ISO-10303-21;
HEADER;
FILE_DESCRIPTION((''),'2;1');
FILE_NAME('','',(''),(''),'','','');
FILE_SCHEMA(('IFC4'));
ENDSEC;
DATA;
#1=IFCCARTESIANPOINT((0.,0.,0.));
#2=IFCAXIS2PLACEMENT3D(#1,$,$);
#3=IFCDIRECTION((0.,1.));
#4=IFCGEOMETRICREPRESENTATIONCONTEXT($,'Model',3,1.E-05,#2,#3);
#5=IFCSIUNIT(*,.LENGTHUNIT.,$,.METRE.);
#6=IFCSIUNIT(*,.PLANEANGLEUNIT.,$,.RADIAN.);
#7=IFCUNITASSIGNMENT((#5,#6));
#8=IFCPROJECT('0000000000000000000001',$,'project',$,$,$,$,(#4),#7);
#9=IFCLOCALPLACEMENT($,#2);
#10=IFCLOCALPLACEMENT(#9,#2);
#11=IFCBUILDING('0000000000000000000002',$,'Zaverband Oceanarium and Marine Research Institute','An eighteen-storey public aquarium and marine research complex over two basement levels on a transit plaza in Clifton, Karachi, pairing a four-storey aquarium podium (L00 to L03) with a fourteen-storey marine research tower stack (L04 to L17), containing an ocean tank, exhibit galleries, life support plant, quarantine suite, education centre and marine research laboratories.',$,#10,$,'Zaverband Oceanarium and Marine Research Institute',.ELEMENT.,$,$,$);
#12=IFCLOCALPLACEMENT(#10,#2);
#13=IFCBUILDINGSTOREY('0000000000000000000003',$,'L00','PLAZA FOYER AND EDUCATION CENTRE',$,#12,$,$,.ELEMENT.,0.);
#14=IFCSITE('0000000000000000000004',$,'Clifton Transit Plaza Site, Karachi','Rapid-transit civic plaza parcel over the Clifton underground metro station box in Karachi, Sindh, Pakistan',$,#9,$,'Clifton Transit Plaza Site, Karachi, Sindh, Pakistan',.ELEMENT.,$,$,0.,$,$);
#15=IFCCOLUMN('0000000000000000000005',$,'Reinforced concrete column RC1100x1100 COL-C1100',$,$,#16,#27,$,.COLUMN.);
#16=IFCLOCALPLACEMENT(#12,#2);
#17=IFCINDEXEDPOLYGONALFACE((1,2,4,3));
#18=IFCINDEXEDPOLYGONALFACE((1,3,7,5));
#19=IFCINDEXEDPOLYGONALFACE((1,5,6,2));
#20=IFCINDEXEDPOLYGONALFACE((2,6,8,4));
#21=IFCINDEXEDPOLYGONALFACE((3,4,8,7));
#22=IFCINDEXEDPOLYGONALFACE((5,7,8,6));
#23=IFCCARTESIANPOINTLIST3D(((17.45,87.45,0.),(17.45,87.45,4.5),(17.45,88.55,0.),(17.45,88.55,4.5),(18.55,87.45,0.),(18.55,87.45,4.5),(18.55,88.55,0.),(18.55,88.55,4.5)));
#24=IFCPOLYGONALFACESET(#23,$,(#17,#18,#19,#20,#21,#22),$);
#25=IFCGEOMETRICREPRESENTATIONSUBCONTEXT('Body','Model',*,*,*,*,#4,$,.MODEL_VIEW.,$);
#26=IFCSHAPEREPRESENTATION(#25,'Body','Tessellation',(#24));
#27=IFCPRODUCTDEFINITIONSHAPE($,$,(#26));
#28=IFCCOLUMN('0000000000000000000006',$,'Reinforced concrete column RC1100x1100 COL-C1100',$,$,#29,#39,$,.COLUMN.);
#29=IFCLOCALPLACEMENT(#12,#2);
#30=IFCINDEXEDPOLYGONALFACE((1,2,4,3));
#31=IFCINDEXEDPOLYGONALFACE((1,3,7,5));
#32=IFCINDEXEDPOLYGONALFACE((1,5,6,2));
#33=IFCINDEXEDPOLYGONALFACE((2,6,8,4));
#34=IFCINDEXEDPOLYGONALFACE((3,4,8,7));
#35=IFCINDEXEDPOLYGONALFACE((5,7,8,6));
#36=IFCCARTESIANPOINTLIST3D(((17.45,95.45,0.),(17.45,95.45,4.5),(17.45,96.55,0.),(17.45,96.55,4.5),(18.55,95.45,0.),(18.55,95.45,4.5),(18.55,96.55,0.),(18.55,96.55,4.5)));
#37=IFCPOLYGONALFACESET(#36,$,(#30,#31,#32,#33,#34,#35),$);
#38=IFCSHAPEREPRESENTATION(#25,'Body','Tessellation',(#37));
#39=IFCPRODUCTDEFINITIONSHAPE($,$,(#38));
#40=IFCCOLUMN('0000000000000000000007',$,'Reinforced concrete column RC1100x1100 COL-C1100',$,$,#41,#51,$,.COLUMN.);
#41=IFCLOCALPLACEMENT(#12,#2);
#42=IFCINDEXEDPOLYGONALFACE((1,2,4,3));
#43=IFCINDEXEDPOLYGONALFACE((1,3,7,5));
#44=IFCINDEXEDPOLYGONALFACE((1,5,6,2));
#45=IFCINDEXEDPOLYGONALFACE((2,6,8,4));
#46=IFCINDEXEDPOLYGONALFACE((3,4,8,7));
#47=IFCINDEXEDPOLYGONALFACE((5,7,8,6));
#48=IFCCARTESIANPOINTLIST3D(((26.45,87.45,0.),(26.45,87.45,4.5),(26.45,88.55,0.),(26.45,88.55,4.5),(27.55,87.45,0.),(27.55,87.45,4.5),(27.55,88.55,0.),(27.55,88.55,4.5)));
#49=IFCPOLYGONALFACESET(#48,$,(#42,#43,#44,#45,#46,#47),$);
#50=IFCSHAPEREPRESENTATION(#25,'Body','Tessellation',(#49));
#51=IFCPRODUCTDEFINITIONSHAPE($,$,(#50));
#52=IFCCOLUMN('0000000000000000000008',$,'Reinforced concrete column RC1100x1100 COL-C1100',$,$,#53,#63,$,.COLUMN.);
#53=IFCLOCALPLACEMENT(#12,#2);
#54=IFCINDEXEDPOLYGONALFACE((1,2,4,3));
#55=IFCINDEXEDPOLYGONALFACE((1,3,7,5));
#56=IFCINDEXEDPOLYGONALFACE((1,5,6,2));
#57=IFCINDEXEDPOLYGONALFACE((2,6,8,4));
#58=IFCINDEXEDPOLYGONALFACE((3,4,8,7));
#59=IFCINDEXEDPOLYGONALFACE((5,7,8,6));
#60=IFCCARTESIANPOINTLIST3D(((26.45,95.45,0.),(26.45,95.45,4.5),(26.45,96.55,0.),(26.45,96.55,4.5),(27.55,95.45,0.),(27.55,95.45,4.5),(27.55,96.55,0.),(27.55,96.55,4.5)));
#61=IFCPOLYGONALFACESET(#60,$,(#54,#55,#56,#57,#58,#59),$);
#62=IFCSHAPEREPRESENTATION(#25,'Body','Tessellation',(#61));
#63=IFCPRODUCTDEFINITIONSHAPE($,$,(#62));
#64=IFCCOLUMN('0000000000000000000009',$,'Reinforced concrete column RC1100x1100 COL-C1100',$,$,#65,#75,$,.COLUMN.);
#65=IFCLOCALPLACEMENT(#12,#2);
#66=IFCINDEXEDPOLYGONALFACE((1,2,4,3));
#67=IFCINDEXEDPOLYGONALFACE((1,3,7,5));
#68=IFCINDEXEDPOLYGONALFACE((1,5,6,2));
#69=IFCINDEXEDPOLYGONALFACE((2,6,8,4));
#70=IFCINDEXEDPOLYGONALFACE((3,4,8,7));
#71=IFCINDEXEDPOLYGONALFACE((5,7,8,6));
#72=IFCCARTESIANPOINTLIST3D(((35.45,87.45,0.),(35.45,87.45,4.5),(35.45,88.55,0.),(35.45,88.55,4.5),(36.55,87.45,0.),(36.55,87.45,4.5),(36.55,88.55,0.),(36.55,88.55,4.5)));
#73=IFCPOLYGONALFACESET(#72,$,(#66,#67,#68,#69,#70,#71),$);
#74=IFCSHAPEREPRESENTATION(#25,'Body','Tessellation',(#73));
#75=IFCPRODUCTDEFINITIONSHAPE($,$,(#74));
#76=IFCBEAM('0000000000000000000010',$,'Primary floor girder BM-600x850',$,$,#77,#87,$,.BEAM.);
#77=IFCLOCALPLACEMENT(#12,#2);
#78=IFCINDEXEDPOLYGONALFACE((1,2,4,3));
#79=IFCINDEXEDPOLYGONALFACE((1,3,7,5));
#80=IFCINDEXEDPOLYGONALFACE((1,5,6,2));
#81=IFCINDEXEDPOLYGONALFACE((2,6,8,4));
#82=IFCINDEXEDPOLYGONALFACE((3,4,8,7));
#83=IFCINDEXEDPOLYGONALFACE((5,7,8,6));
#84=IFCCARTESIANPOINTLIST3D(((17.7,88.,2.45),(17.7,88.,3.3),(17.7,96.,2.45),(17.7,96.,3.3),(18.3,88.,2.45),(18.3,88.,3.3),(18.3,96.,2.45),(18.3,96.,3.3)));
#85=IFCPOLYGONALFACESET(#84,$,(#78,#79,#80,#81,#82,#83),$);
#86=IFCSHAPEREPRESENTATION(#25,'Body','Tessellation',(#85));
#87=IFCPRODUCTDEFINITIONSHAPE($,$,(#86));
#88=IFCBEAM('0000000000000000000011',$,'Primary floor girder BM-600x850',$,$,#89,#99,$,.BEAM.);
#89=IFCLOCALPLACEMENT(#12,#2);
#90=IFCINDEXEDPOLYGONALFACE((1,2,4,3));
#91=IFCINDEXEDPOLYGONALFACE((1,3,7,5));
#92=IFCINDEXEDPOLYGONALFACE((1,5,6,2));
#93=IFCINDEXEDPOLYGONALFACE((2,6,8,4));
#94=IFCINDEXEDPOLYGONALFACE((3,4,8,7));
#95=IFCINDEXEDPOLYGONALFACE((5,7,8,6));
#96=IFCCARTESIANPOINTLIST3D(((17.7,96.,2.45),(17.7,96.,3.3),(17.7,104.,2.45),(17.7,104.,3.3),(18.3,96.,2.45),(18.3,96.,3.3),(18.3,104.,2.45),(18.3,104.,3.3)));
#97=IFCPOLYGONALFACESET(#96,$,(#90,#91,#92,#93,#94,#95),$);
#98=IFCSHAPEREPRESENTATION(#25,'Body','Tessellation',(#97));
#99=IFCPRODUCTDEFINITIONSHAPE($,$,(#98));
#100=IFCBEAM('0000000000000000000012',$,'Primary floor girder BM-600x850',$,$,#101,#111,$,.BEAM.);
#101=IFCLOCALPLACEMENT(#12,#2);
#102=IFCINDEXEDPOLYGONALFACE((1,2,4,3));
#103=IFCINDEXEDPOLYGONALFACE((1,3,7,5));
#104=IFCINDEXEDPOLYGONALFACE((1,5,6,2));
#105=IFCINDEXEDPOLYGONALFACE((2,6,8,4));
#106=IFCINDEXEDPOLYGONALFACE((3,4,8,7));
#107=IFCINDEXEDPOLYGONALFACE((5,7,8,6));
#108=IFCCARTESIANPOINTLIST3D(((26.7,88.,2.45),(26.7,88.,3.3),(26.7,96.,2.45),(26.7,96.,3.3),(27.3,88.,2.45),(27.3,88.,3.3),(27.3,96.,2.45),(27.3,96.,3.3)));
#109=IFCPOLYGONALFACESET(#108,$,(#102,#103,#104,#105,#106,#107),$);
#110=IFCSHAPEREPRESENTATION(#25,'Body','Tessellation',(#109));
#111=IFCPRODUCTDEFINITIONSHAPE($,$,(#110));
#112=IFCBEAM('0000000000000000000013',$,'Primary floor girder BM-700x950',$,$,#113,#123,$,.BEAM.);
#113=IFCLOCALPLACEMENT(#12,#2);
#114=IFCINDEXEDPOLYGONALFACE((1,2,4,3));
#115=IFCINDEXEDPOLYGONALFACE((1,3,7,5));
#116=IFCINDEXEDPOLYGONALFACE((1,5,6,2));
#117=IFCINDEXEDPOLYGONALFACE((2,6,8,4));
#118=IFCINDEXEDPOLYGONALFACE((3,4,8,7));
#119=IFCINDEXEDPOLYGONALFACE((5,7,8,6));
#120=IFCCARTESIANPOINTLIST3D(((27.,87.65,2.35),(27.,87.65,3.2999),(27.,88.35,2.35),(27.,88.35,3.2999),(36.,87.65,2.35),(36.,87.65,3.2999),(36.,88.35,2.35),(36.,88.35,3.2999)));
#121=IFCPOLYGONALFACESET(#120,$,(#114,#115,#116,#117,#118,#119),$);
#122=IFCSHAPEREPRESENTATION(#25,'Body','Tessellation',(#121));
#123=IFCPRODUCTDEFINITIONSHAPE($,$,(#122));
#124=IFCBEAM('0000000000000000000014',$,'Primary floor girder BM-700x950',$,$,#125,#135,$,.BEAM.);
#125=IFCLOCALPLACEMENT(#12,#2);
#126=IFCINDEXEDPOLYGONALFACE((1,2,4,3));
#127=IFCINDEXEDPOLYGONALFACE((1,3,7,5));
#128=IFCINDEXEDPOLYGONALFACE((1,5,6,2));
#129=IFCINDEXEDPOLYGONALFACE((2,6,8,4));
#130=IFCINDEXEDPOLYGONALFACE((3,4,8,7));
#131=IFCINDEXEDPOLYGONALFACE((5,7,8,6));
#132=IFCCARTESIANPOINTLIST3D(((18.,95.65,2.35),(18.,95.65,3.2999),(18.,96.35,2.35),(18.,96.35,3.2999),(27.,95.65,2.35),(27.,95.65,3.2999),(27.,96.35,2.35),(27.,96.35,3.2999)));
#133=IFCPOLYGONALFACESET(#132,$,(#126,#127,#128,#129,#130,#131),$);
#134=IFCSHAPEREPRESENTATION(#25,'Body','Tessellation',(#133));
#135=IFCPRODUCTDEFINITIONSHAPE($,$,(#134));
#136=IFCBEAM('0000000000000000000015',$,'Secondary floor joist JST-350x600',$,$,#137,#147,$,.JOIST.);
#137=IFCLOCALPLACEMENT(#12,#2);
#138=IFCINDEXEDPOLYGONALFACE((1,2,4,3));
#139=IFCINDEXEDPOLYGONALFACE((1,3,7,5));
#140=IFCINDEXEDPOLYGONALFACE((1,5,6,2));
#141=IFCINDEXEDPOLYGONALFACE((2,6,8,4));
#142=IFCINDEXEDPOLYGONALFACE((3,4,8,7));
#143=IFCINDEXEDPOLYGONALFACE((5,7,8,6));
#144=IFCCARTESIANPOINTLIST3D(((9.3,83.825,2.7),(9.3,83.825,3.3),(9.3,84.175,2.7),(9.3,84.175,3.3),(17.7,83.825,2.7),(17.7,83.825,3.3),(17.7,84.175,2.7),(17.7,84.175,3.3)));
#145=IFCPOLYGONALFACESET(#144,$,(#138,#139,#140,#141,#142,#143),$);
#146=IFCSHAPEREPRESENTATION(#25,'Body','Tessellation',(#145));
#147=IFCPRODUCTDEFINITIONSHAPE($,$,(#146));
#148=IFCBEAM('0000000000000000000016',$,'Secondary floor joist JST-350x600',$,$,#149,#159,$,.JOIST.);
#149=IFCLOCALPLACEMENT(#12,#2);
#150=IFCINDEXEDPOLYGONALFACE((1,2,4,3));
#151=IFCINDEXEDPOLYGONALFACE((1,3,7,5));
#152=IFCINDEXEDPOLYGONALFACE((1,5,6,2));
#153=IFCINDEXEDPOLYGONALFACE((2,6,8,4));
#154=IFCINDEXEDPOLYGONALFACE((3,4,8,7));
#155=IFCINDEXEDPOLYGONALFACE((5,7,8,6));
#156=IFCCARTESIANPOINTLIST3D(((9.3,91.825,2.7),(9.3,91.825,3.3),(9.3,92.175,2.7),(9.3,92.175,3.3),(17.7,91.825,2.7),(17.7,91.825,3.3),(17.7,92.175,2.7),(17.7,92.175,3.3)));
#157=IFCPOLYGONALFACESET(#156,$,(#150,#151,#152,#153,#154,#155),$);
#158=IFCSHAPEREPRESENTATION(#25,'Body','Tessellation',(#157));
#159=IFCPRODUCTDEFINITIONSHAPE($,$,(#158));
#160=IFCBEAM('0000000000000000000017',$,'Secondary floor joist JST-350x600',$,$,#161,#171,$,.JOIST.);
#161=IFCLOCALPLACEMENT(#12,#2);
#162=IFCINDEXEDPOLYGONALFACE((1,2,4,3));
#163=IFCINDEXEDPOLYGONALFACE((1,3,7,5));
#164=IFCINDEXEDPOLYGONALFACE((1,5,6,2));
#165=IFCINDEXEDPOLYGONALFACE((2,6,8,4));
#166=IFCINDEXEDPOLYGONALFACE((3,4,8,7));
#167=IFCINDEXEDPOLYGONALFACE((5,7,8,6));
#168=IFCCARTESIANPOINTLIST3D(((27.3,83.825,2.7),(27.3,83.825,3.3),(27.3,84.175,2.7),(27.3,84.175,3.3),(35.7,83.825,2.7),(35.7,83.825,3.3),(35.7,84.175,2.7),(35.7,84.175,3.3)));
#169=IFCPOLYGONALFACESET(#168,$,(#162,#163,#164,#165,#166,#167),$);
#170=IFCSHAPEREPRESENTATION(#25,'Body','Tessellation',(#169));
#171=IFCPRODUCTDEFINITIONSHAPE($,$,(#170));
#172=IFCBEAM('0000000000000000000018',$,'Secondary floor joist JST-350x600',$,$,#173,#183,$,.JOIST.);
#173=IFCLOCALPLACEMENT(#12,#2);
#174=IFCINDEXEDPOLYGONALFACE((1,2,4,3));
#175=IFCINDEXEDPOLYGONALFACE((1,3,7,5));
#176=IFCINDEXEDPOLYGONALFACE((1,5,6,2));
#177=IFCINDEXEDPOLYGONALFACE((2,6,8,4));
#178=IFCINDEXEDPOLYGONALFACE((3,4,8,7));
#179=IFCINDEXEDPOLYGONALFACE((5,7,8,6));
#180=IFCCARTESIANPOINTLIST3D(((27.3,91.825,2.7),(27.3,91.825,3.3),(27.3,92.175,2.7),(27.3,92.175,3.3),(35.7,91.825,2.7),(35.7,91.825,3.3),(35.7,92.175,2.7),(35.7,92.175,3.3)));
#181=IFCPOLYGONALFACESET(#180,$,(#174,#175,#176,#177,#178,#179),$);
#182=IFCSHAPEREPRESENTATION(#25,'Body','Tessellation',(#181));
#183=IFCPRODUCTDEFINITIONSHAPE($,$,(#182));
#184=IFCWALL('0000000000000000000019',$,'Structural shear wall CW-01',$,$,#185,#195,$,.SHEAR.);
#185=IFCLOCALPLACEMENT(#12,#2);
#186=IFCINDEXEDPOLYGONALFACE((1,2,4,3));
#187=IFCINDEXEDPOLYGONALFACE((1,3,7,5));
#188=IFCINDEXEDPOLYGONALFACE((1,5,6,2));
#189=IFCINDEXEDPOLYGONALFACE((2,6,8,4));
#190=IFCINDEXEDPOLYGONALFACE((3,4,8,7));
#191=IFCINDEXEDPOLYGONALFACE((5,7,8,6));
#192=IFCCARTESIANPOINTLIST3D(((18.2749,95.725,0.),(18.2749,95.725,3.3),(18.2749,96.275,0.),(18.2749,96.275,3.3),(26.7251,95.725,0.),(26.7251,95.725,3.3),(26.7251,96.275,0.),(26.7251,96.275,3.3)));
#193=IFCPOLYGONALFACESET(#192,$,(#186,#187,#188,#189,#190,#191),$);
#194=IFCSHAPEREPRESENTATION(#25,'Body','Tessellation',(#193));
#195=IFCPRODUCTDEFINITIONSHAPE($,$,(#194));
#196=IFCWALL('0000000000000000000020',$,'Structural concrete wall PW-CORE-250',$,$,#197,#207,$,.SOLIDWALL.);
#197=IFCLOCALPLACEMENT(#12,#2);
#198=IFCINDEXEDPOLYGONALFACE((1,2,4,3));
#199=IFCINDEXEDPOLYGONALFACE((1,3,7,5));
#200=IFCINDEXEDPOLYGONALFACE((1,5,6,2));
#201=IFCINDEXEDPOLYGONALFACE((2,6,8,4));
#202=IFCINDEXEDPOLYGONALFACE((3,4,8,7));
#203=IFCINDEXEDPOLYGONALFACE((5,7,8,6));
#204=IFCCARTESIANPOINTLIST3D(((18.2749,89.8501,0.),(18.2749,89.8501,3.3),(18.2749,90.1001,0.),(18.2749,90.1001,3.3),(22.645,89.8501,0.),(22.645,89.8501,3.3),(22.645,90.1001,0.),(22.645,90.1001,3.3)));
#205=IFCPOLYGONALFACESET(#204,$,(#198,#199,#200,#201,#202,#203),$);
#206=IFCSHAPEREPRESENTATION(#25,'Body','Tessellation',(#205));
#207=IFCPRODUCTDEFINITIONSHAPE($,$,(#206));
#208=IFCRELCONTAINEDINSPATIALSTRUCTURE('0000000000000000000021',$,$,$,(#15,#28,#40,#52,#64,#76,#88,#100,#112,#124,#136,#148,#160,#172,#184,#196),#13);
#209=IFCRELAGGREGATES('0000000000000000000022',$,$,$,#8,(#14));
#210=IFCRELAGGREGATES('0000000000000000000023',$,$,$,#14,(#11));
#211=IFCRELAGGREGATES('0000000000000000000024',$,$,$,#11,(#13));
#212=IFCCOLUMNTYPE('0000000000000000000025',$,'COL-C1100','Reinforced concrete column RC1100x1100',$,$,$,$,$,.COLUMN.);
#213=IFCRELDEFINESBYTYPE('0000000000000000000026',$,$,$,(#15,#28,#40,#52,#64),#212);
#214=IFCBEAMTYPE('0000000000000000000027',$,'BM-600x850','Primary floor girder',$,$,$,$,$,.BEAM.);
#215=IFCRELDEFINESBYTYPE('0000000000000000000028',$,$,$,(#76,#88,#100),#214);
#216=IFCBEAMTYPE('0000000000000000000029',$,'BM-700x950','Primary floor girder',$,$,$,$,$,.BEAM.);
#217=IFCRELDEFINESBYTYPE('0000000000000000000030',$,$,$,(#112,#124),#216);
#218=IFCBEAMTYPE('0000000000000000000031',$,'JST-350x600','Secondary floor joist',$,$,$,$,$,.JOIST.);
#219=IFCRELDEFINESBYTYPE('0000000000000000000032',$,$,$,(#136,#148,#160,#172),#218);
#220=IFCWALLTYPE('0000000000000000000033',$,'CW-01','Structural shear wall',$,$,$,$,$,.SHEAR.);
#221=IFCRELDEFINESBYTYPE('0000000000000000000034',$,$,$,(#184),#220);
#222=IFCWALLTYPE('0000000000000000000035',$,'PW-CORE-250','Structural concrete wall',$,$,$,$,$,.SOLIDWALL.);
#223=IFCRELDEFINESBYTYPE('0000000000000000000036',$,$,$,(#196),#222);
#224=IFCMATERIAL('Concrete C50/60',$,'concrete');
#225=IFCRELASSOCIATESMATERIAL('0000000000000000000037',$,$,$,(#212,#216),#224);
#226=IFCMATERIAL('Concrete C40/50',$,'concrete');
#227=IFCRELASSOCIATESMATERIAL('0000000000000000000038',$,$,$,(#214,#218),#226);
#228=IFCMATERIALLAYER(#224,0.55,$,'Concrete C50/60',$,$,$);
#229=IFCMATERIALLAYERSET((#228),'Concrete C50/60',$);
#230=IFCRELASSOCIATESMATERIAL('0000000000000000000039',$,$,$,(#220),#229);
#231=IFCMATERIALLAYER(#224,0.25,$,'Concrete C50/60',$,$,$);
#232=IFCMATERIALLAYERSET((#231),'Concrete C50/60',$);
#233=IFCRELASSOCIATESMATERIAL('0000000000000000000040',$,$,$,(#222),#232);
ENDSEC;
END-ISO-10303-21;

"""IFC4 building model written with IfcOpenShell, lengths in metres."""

from ifc_helpers import new_model, si_unit, direction, frame, frame_2d, origin, origin_2d, place, context, subcontext, project, spatial, rectangle, extrude, material, layer, layer_set, material_profile, profile_set, type_object, element, save


model = new_model("IFC4")

# Units and contexts
model_context = context("Model", 3, precision=1e-05, world=origin(), true_north=direction((0.0, 1.0)))
body_context = subcontext(model_context, "Body", "Model", "MODEL_VIEW")
ifc_project = project(units=[si_unit("LENGTHUNIT", "METRE"), si_unit("PLANEANGLEUNIT", "RADIAN")], contexts=[model_context])

# Site, building, storey
site_placement = place(None, origin())
site = spatial("IfcSite", under=ifc_project, at=site_placement, Name="Clifton Transit Plaza Site, Karachi", Description="Rapid-transit civic plaza parcel over the Clifton underground metro station box in Karachi, Sindh, Pakistan", LongName="Clifton Transit Plaza Site, Karachi, Sindh, Pakistan", CompositionType="ELEMENT", RefElevation=0.0)
building_placement = place(site_placement, origin())
building = spatial("IfcBuilding", under=site, at=building_placement, Name="Zaverband Oceanarium and Marine Research Institute", Description="An eighteen-storey public aquarium and marine research complex over two basement levels on a transit plaza in Clifton, Karachi, pairing a four-storey aquarium podium (L00 to L03) with a fourteen-storey marine research tower stack (L04 to L17), containing an ocean tank, exhibit galleries, life support plant, quarantine suite, education centre and marine research laboratories.", LongName="Zaverband Oceanarium and Marine Research Institute", CompositionType="ELEMENT")
storey_placement = place(building_placement, origin())
storey = spatial("IfcBuildingStorey", under=building, at=storey_placement, Name="L00", Description="PLAZA FOYER AND EDUCATION CENTRE", CompositionType="ELEMENT", Elevation=0.0)

# Columns
ifc_material_1 = material(Name="Concrete C50/60", Category="concrete")
ifc_material_profile_1 = material_profile(ifc_material_1, rectangle(XDim=1.1001, YDim=1.1001, at=origin_2d()), Name="RC1100x1100")
ifc_profile_set_1 = profile_set([ifc_material_profile_1], Name="Concrete C50/60")
column_type = type_object("IfcColumnType", Name="COL-C1100", Description="Reinforced concrete column RC1100x1100", PredefinedType="COLUMN", material=ifc_profile_set_1)
for number, where, z_axis, x_axis, name in (
    (1, (18.0, 88.0, 0.0), (0.0, 0.0, 1.0), (1.0, 0.0, 0.0), "Reinforced concrete column RC1100x1100 COL-C1100"),
    (2, (18.0, 96.0, 0.0), (0.0, 0.0, 1.0), (1.0, 0.0, 0.0), "Reinforced concrete column RC1100x1100 COL-C1100"),
    (3, (27.0, 88.0, 0.0), (0.0, 0.0, 1.0), (1.0, 0.0, 0.0), "Reinforced concrete column RC1100x1100 COL-C1100"),
    (4, (27.0, 96.0, 0.0), (0.0, 0.0, 1.0), (1.0, 0.0, 0.0), "Reinforced concrete column RC1100x1100 COL-C1100"),
    (5, (36.0, 88.0, 0.0), (0.0, 0.0, 1.0), (1.0, 0.0, 0.0), "Reinforced concrete column RC1100x1100 COL-C1100"),
):
    element("IfcColumn", number, at=place(storey_placement, frame(where, z_axis=z_axis, x_axis=x_axis)), inside=storey, type_object=column_type, Name=name, PredefinedType="COLUMN", context=body_context, shape_type="SweptSolid", body=[
        extrude(rectangle(XDim=1.1001, YDim=1.1001, at=origin_2d()), origin(), (0.0, 0.0, 1.0), 4.5),
    ])

# Beams
ifc_material_2 = material(Name="Concrete C40/50", Category="concrete")
ifc_material_profile_2 = material_profile(ifc_material_2, rectangle(XDim=0.6001, YDim=0.8501, at=origin_2d()), Name="RC600x850")
ifc_profile_set_2 = profile_set([ifc_material_profile_2], Name="Concrete C40/50")
beam_type_1 = type_object("IfcBeamType", Name="BM-600x850", Description="Primary floor girder", PredefinedType="BEAM", material=ifc_profile_set_2)
for number, where, z_axis, x_axis, name in (
    (6, (18.0, 88.0, 2.875), (0.0, 1.0, 0.0), (-1.0, 0.0, 0.0), "Primary floor girder BM-600x850"),
    (7, (18.0, 96.0, 2.875), (0.0, 1.0, 0.0), (-1.0, 0.0, 0.0), "Primary floor girder BM-600x850"),
    (8, (27.0, 88.0, 2.875), (0.0, 1.0, 0.0), (-1.0, 0.0, 0.0), "Primary floor girder BM-600x850"),
):
    element("IfcBeam", number, at=place(storey_placement, frame(where, z_axis=z_axis, x_axis=x_axis)), inside=storey, type_object=beam_type_1, Name=name, PredefinedType="BEAM", context=body_context, shape_type="SweptSolid", body=[
        extrude(rectangle(XDim=0.6001, YDim=0.8501, at=origin_2d()), origin(), (0.0, 0.0, 1.0), 8.0),
    ])
ifc_material_profile_3 = material_profile(ifc_material_1, rectangle(XDim=0.7, YDim=0.95, at=origin_2d()), Name="RC700x950")
ifc_profile_set_3 = profile_set([ifc_material_profile_3], Name="Concrete C50/60")
beam_type_2 = type_object("IfcBeamType", Name="BM-700x950", Description="Primary floor girder", PredefinedType="BEAM", material=ifc_profile_set_3)
for number, where, z_axis, x_axis, name in (
    (9, (27.0, 88.0, 2.825), (1.0, 0.0, 0.0), (0.0, 1.0, 0.0), "Primary floor girder BM-700x950"),
    (10, (18.0, 96.0, 2.825), (1.0, 0.0, 0.0), (0.0, 1.0, 0.0), "Primary floor girder BM-700x950"),
):
    element("IfcBeam", number, at=place(storey_placement, frame(where, z_axis=z_axis, x_axis=x_axis)), inside=storey, type_object=beam_type_2, Name=name, PredefinedType="BEAM", context=body_context, shape_type="SweptSolid", body=[
        extrude(rectangle(XDim=0.7, YDim=0.95, at=origin_2d()), origin(), (0.0, 0.0, 1.0), 9.0),
    ])
ifc_material_profile_4 = material_profile(ifc_material_2, rectangle(XDim=0.3501, YDim=0.6001, at=origin_2d()), Name="RC350x600")
ifc_profile_set_4 = profile_set([ifc_material_profile_4], Name="Concrete C40/50")
beam_type_3 = type_object("IfcBeamType", Name="JST-350x600", Description="Secondary floor joist", PredefinedType="JOIST", material=ifc_profile_set_4)
for number, where, z_axis, x_axis, name in (
    (11, (9.3, 84.0, 3.0), (1.0, 0.0, 0.0), (0.0, 1.0, 0.0), "Secondary floor joist JST-350x600"),
    (12, (9.3, 92.0, 3.0), (1.0, 0.0, 0.0), (0.0, 1.0, 0.0), "Secondary floor joist JST-350x600"),
    (13, (27.3, 84.0, 3.0), (1.0, 0.0, 0.0), (0.0, 1.0, 0.0), "Secondary floor joist JST-350x600"),
    (14, (27.3, 92.0, 3.0), (1.0, 0.0, 0.0), (0.0, 1.0, 0.0), "Secondary floor joist JST-350x600"),
):
    element("IfcBeam", number, at=place(storey_placement, frame(where, z_axis=z_axis, x_axis=x_axis)), inside=storey, type_object=beam_type_3, Name=name, PredefinedType="JOIST", context=body_context, shape_type="SweptSolid", body=[
        extrude(rectangle(XDim=0.3501, YDim=0.6001, at=origin_2d()), origin(), (0.0, 0.0, 1.0), 8.3999),
    ])

# Walls
ifc_layer_1 = layer(ifc_material_1, 0.55, Name="Concrete C50/60")
ifc_layer_set_1 = layer_set([ifc_layer_1], Name="Concrete C50/60")
wall_type_1 = type_object("IfcWallType", Name="CW-01", Description="Structural shear wall", PredefinedType="SHEAR", material=ifc_layer_set_1)
wall_1_placement = place(storey_placement, frame((18.2749, 96.0, 0.0), z_axis=(0.0, 0.0, 1.0), x_axis=(1.0, 0.0, 0.0)))
element("IfcWall", 15, at=wall_1_placement, inside=storey, type_object=wall_type_1, Name="Structural shear wall CW-01", PredefinedType="SHEAR", context=body_context, shape_type="SweptSolid", body=[
    extrude(rectangle(XDim=8.4502, YDim=0.55, at=frame_2d((4.2251, 0.0))), origin(), (0.0, 0.0, 1.0), 3.3),
])
ifc_layer_2 = layer(ifc_material_1, 0.25, Name="Concrete C50/60")
ifc_layer_set_2 = layer_set([ifc_layer_2], Name="Concrete C50/60")
wall_type_2 = type_object("IfcWallType", Name="PW-CORE-250", Description="Structural concrete wall", PredefinedType="SOLIDWALL", material=ifc_layer_set_2)
wall_2_placement = place(storey_placement, frame((18.2749, 89.9751, 0.0), z_axis=(0.0, 0.0, 1.0), x_axis=(1.0, 0.0, 0.0)))
element("IfcWall", 16, at=wall_2_placement, inside=storey, type_object=wall_type_2, Name="Structural concrete wall PW-CORE-250", PredefinedType="SOLIDWALL", context=body_context, shape_type="SweptSolid", body=[
    extrude(rectangle(XDim=4.3701, YDim=0.25, at=frame_2d((2.1851, 0.0))), origin(), (0.0, 0.0, 1.0), 3.3),
])

save(model, "model.ifc")
